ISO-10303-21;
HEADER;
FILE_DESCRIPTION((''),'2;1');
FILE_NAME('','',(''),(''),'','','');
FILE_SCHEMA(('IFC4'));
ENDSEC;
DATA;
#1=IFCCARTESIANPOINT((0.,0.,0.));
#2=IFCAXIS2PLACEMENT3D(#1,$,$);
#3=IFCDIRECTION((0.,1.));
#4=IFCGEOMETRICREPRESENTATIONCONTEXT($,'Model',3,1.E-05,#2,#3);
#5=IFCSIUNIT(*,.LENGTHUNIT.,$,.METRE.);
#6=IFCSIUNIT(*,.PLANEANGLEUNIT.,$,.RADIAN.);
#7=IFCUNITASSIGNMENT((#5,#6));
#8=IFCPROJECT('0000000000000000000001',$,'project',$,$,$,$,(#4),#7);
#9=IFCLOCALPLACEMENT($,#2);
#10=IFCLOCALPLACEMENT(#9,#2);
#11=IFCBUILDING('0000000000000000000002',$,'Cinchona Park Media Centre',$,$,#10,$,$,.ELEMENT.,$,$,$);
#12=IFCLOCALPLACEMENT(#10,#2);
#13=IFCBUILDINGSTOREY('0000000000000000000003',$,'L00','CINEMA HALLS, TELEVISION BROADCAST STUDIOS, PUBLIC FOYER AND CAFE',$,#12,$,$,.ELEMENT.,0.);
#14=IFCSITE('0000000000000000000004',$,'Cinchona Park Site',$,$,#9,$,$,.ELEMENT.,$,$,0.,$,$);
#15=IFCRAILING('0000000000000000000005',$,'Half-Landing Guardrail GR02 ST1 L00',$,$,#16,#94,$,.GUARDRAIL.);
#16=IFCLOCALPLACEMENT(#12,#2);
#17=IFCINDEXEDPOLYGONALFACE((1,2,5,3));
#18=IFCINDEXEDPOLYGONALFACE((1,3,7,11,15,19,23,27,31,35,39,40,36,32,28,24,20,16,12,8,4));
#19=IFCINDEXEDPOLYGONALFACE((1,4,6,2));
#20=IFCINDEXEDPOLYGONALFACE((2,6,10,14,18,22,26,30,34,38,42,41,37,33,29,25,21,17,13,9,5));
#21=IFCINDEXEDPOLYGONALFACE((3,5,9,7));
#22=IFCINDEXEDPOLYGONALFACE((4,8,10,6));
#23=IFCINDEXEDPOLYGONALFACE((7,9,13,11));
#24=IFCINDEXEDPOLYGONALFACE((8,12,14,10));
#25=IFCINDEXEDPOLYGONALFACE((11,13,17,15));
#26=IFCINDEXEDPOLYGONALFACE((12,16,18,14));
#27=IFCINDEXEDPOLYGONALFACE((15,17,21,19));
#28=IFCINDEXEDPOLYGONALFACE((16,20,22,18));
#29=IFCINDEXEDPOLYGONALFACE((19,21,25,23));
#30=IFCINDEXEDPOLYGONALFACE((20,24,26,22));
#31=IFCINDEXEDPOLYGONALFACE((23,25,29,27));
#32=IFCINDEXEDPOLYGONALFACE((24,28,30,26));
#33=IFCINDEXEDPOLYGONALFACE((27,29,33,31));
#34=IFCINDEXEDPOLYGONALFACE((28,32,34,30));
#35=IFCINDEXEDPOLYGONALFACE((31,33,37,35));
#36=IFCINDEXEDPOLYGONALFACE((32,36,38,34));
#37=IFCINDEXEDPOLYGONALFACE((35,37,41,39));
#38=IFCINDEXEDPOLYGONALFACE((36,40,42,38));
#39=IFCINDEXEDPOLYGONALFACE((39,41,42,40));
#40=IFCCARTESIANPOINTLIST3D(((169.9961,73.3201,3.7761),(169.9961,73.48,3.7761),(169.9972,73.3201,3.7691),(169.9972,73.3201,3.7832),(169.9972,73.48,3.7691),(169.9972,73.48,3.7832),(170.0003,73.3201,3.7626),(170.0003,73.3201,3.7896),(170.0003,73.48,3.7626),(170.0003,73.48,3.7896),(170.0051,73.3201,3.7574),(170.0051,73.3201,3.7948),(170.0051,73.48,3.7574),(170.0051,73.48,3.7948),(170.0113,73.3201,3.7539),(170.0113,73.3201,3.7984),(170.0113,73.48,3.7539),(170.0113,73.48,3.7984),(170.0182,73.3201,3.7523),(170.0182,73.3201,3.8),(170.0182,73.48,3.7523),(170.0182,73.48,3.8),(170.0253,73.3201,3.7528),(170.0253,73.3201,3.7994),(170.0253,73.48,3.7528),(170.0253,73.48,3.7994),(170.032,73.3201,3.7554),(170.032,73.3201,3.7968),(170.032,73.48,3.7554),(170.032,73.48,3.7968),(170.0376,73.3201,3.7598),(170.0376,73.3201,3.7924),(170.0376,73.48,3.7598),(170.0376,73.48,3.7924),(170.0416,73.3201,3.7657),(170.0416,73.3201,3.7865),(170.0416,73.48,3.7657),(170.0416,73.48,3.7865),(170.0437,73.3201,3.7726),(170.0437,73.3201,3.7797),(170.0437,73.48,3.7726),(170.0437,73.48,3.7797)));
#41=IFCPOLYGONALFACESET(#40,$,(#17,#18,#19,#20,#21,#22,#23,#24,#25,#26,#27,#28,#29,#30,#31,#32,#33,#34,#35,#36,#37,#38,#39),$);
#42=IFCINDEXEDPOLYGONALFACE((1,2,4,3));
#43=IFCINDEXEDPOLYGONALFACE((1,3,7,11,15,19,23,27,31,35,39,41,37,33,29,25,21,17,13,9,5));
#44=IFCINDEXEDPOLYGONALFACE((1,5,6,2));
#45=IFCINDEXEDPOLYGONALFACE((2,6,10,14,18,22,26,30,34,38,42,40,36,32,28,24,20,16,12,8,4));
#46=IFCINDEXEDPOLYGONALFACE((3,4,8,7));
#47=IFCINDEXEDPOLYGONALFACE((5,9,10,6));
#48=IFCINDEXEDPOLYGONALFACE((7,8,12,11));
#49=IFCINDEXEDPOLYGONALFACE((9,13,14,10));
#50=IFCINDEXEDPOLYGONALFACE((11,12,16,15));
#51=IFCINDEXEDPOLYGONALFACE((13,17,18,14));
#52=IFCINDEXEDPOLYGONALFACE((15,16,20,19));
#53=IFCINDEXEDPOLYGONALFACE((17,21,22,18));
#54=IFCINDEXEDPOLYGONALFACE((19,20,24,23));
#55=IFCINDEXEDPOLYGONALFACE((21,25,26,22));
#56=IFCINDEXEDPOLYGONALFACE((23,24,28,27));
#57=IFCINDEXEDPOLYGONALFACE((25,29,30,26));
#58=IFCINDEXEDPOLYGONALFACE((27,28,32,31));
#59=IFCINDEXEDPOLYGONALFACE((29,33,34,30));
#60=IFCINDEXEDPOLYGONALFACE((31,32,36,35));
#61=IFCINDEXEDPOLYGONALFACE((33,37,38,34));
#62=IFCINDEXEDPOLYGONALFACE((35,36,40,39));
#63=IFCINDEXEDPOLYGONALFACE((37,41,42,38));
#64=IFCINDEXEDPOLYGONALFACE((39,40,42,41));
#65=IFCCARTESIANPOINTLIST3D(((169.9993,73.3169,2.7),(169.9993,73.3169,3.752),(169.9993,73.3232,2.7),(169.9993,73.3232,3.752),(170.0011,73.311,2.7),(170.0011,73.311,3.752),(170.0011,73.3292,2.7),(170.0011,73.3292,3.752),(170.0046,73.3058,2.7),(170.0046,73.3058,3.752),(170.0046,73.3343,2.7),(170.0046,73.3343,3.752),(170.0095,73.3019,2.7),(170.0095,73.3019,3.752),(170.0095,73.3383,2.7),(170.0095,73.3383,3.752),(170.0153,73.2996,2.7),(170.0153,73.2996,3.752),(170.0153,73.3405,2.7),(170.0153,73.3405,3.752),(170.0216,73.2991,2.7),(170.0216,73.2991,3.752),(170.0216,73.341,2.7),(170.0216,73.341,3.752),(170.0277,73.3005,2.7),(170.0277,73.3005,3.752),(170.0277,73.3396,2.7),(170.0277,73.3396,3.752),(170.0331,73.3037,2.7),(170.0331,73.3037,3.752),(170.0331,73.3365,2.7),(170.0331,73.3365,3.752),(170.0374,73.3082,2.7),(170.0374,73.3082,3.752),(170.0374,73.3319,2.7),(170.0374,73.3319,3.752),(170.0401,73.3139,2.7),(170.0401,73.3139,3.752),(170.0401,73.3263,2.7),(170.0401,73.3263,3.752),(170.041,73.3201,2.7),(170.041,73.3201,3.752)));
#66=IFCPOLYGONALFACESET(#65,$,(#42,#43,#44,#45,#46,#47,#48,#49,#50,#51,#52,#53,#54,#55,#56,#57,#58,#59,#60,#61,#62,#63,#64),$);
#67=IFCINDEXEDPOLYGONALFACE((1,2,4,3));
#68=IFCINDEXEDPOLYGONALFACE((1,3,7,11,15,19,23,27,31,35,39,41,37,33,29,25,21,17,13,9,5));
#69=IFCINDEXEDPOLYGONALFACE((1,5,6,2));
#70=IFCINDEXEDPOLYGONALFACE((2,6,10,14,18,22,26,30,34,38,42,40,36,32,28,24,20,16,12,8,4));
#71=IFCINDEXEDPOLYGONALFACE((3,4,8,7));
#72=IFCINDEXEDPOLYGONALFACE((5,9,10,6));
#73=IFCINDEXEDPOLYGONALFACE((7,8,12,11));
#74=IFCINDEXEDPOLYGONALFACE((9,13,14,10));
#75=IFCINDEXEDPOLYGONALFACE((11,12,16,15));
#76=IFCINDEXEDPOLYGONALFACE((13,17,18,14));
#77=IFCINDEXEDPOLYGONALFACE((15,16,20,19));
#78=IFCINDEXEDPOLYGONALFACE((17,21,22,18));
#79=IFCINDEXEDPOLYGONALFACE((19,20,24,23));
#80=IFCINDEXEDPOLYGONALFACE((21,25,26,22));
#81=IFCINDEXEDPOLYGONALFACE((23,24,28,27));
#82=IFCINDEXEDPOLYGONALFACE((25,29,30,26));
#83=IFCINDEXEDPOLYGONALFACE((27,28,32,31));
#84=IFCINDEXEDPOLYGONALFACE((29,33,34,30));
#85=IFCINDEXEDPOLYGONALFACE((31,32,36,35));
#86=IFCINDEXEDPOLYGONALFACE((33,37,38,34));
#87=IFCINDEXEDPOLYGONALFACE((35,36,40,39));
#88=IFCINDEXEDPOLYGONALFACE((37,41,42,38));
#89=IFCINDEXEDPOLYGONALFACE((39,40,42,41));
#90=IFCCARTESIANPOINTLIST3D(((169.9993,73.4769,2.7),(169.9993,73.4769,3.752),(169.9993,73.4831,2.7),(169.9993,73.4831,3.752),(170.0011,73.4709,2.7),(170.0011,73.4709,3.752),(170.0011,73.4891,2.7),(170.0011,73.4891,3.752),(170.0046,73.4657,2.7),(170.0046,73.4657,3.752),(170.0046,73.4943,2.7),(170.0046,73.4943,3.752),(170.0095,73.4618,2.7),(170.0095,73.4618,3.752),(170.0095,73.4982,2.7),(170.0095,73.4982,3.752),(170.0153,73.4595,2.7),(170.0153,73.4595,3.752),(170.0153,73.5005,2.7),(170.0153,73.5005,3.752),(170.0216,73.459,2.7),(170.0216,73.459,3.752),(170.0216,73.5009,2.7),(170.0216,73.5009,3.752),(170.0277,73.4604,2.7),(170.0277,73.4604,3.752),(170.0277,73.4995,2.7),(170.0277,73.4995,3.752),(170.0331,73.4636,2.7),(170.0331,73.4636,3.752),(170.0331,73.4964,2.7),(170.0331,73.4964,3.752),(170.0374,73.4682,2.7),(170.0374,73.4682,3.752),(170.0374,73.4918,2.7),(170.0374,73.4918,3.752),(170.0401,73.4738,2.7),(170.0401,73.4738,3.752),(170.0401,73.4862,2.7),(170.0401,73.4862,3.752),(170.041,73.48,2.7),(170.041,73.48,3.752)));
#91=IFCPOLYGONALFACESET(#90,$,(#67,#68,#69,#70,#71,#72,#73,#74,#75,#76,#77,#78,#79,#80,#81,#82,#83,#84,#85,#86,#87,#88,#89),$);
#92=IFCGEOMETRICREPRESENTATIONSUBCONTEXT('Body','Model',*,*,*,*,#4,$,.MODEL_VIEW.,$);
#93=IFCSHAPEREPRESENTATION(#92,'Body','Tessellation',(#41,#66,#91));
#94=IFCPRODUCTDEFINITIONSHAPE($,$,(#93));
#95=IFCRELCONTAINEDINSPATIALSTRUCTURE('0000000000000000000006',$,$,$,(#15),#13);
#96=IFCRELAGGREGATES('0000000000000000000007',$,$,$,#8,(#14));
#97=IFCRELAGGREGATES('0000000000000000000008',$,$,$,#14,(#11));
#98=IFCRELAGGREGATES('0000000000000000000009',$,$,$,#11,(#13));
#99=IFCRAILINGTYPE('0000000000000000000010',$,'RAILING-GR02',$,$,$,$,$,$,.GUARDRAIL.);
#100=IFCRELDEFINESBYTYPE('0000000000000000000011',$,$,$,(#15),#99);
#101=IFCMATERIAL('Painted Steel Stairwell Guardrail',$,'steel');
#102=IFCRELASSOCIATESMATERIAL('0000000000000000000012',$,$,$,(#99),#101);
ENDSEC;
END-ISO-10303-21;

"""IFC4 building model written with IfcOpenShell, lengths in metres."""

from ifc_helpers import new_model, si_unit, direction, frame, origin, origin_2d, place, context, subcontext, project, spatial, circle, extrude, material, type_object, element, save


model = new_model("IFC4")

# Units and contexts
model_context = context("Model", 3, precision=1e-05, world=origin(), true_north=direction((0.0, 1.0)))
body_context = subcontext(model_context, "Body", "Model", "MODEL_VIEW")
ifc_project = project(units=[si_unit("LENGTHUNIT", "METRE"), si_unit("PLANEANGLEUNIT", "RADIAN")], contexts=[model_context])

# Site, building, storey
site_placement = place(None, origin())
site = spatial("IfcSite", under=ifc_project, at=site_placement, Name="Cinchona Park Site", CompositionType="ELEMENT", RefElevation=0.0)
building_placement = place(site_placement, origin())
building = spatial("IfcBuilding", under=site, at=building_placement, Name="Cinchona Park Media Centre", CompositionType="ELEMENT")
storey_placement = place(building_placement, origin())
storey = spatial("IfcBuildingStorey", under=building, at=storey_placement, Name="L00", Description="CINEMA HALLS, TELEVISION BROADCAST STUDIOS, PUBLIC FOYER AND CAFE", CompositionType="ELEMENT", Elevation=0.0)

# Railing
ifc_material_1 = material(Name="Painted Steel Stairwell Guardrail", Category="steel")
railing_type_1 = type_object("IfcRailingType", Name="RAILING-GR02", PredefinedType="GUARDRAIL", material=ifc_material_1)
for number, where, name in (
    (1, (170.02, 73.3201, 2.7), "Half-Landing Guardrail GR02 ST1 L00"),
):
    element("IfcRailing", number, at=place(storey_placement, frame(where)), inside=storey, type_object=railing_type_1, Name=name, PredefinedType="GUARDRAIL", context=body_context, shape_type="SweptSolid", body=[
        extrude(circle(Radius=0.0239, at=origin_2d()), frame((0.0, 0.0, 1.0762), z_axis=(0.0, 1.0, 0.0), x_axis=(-1.0, 0.0, 0.0)), (0.0, 0.0, 1.0), 0.1599),
        extrude(circle(Radius=0.021, at=origin_2d()), origin(), (0.0, 0.0, 1.0), 1.052),
        extrude(circle(Radius=0.021, at=origin_2d()), frame((0.0, 0.1599, 0.0)), (0.0, 0.0, 1.0), 1.052),
    ])

save(model, "model.ifc")
